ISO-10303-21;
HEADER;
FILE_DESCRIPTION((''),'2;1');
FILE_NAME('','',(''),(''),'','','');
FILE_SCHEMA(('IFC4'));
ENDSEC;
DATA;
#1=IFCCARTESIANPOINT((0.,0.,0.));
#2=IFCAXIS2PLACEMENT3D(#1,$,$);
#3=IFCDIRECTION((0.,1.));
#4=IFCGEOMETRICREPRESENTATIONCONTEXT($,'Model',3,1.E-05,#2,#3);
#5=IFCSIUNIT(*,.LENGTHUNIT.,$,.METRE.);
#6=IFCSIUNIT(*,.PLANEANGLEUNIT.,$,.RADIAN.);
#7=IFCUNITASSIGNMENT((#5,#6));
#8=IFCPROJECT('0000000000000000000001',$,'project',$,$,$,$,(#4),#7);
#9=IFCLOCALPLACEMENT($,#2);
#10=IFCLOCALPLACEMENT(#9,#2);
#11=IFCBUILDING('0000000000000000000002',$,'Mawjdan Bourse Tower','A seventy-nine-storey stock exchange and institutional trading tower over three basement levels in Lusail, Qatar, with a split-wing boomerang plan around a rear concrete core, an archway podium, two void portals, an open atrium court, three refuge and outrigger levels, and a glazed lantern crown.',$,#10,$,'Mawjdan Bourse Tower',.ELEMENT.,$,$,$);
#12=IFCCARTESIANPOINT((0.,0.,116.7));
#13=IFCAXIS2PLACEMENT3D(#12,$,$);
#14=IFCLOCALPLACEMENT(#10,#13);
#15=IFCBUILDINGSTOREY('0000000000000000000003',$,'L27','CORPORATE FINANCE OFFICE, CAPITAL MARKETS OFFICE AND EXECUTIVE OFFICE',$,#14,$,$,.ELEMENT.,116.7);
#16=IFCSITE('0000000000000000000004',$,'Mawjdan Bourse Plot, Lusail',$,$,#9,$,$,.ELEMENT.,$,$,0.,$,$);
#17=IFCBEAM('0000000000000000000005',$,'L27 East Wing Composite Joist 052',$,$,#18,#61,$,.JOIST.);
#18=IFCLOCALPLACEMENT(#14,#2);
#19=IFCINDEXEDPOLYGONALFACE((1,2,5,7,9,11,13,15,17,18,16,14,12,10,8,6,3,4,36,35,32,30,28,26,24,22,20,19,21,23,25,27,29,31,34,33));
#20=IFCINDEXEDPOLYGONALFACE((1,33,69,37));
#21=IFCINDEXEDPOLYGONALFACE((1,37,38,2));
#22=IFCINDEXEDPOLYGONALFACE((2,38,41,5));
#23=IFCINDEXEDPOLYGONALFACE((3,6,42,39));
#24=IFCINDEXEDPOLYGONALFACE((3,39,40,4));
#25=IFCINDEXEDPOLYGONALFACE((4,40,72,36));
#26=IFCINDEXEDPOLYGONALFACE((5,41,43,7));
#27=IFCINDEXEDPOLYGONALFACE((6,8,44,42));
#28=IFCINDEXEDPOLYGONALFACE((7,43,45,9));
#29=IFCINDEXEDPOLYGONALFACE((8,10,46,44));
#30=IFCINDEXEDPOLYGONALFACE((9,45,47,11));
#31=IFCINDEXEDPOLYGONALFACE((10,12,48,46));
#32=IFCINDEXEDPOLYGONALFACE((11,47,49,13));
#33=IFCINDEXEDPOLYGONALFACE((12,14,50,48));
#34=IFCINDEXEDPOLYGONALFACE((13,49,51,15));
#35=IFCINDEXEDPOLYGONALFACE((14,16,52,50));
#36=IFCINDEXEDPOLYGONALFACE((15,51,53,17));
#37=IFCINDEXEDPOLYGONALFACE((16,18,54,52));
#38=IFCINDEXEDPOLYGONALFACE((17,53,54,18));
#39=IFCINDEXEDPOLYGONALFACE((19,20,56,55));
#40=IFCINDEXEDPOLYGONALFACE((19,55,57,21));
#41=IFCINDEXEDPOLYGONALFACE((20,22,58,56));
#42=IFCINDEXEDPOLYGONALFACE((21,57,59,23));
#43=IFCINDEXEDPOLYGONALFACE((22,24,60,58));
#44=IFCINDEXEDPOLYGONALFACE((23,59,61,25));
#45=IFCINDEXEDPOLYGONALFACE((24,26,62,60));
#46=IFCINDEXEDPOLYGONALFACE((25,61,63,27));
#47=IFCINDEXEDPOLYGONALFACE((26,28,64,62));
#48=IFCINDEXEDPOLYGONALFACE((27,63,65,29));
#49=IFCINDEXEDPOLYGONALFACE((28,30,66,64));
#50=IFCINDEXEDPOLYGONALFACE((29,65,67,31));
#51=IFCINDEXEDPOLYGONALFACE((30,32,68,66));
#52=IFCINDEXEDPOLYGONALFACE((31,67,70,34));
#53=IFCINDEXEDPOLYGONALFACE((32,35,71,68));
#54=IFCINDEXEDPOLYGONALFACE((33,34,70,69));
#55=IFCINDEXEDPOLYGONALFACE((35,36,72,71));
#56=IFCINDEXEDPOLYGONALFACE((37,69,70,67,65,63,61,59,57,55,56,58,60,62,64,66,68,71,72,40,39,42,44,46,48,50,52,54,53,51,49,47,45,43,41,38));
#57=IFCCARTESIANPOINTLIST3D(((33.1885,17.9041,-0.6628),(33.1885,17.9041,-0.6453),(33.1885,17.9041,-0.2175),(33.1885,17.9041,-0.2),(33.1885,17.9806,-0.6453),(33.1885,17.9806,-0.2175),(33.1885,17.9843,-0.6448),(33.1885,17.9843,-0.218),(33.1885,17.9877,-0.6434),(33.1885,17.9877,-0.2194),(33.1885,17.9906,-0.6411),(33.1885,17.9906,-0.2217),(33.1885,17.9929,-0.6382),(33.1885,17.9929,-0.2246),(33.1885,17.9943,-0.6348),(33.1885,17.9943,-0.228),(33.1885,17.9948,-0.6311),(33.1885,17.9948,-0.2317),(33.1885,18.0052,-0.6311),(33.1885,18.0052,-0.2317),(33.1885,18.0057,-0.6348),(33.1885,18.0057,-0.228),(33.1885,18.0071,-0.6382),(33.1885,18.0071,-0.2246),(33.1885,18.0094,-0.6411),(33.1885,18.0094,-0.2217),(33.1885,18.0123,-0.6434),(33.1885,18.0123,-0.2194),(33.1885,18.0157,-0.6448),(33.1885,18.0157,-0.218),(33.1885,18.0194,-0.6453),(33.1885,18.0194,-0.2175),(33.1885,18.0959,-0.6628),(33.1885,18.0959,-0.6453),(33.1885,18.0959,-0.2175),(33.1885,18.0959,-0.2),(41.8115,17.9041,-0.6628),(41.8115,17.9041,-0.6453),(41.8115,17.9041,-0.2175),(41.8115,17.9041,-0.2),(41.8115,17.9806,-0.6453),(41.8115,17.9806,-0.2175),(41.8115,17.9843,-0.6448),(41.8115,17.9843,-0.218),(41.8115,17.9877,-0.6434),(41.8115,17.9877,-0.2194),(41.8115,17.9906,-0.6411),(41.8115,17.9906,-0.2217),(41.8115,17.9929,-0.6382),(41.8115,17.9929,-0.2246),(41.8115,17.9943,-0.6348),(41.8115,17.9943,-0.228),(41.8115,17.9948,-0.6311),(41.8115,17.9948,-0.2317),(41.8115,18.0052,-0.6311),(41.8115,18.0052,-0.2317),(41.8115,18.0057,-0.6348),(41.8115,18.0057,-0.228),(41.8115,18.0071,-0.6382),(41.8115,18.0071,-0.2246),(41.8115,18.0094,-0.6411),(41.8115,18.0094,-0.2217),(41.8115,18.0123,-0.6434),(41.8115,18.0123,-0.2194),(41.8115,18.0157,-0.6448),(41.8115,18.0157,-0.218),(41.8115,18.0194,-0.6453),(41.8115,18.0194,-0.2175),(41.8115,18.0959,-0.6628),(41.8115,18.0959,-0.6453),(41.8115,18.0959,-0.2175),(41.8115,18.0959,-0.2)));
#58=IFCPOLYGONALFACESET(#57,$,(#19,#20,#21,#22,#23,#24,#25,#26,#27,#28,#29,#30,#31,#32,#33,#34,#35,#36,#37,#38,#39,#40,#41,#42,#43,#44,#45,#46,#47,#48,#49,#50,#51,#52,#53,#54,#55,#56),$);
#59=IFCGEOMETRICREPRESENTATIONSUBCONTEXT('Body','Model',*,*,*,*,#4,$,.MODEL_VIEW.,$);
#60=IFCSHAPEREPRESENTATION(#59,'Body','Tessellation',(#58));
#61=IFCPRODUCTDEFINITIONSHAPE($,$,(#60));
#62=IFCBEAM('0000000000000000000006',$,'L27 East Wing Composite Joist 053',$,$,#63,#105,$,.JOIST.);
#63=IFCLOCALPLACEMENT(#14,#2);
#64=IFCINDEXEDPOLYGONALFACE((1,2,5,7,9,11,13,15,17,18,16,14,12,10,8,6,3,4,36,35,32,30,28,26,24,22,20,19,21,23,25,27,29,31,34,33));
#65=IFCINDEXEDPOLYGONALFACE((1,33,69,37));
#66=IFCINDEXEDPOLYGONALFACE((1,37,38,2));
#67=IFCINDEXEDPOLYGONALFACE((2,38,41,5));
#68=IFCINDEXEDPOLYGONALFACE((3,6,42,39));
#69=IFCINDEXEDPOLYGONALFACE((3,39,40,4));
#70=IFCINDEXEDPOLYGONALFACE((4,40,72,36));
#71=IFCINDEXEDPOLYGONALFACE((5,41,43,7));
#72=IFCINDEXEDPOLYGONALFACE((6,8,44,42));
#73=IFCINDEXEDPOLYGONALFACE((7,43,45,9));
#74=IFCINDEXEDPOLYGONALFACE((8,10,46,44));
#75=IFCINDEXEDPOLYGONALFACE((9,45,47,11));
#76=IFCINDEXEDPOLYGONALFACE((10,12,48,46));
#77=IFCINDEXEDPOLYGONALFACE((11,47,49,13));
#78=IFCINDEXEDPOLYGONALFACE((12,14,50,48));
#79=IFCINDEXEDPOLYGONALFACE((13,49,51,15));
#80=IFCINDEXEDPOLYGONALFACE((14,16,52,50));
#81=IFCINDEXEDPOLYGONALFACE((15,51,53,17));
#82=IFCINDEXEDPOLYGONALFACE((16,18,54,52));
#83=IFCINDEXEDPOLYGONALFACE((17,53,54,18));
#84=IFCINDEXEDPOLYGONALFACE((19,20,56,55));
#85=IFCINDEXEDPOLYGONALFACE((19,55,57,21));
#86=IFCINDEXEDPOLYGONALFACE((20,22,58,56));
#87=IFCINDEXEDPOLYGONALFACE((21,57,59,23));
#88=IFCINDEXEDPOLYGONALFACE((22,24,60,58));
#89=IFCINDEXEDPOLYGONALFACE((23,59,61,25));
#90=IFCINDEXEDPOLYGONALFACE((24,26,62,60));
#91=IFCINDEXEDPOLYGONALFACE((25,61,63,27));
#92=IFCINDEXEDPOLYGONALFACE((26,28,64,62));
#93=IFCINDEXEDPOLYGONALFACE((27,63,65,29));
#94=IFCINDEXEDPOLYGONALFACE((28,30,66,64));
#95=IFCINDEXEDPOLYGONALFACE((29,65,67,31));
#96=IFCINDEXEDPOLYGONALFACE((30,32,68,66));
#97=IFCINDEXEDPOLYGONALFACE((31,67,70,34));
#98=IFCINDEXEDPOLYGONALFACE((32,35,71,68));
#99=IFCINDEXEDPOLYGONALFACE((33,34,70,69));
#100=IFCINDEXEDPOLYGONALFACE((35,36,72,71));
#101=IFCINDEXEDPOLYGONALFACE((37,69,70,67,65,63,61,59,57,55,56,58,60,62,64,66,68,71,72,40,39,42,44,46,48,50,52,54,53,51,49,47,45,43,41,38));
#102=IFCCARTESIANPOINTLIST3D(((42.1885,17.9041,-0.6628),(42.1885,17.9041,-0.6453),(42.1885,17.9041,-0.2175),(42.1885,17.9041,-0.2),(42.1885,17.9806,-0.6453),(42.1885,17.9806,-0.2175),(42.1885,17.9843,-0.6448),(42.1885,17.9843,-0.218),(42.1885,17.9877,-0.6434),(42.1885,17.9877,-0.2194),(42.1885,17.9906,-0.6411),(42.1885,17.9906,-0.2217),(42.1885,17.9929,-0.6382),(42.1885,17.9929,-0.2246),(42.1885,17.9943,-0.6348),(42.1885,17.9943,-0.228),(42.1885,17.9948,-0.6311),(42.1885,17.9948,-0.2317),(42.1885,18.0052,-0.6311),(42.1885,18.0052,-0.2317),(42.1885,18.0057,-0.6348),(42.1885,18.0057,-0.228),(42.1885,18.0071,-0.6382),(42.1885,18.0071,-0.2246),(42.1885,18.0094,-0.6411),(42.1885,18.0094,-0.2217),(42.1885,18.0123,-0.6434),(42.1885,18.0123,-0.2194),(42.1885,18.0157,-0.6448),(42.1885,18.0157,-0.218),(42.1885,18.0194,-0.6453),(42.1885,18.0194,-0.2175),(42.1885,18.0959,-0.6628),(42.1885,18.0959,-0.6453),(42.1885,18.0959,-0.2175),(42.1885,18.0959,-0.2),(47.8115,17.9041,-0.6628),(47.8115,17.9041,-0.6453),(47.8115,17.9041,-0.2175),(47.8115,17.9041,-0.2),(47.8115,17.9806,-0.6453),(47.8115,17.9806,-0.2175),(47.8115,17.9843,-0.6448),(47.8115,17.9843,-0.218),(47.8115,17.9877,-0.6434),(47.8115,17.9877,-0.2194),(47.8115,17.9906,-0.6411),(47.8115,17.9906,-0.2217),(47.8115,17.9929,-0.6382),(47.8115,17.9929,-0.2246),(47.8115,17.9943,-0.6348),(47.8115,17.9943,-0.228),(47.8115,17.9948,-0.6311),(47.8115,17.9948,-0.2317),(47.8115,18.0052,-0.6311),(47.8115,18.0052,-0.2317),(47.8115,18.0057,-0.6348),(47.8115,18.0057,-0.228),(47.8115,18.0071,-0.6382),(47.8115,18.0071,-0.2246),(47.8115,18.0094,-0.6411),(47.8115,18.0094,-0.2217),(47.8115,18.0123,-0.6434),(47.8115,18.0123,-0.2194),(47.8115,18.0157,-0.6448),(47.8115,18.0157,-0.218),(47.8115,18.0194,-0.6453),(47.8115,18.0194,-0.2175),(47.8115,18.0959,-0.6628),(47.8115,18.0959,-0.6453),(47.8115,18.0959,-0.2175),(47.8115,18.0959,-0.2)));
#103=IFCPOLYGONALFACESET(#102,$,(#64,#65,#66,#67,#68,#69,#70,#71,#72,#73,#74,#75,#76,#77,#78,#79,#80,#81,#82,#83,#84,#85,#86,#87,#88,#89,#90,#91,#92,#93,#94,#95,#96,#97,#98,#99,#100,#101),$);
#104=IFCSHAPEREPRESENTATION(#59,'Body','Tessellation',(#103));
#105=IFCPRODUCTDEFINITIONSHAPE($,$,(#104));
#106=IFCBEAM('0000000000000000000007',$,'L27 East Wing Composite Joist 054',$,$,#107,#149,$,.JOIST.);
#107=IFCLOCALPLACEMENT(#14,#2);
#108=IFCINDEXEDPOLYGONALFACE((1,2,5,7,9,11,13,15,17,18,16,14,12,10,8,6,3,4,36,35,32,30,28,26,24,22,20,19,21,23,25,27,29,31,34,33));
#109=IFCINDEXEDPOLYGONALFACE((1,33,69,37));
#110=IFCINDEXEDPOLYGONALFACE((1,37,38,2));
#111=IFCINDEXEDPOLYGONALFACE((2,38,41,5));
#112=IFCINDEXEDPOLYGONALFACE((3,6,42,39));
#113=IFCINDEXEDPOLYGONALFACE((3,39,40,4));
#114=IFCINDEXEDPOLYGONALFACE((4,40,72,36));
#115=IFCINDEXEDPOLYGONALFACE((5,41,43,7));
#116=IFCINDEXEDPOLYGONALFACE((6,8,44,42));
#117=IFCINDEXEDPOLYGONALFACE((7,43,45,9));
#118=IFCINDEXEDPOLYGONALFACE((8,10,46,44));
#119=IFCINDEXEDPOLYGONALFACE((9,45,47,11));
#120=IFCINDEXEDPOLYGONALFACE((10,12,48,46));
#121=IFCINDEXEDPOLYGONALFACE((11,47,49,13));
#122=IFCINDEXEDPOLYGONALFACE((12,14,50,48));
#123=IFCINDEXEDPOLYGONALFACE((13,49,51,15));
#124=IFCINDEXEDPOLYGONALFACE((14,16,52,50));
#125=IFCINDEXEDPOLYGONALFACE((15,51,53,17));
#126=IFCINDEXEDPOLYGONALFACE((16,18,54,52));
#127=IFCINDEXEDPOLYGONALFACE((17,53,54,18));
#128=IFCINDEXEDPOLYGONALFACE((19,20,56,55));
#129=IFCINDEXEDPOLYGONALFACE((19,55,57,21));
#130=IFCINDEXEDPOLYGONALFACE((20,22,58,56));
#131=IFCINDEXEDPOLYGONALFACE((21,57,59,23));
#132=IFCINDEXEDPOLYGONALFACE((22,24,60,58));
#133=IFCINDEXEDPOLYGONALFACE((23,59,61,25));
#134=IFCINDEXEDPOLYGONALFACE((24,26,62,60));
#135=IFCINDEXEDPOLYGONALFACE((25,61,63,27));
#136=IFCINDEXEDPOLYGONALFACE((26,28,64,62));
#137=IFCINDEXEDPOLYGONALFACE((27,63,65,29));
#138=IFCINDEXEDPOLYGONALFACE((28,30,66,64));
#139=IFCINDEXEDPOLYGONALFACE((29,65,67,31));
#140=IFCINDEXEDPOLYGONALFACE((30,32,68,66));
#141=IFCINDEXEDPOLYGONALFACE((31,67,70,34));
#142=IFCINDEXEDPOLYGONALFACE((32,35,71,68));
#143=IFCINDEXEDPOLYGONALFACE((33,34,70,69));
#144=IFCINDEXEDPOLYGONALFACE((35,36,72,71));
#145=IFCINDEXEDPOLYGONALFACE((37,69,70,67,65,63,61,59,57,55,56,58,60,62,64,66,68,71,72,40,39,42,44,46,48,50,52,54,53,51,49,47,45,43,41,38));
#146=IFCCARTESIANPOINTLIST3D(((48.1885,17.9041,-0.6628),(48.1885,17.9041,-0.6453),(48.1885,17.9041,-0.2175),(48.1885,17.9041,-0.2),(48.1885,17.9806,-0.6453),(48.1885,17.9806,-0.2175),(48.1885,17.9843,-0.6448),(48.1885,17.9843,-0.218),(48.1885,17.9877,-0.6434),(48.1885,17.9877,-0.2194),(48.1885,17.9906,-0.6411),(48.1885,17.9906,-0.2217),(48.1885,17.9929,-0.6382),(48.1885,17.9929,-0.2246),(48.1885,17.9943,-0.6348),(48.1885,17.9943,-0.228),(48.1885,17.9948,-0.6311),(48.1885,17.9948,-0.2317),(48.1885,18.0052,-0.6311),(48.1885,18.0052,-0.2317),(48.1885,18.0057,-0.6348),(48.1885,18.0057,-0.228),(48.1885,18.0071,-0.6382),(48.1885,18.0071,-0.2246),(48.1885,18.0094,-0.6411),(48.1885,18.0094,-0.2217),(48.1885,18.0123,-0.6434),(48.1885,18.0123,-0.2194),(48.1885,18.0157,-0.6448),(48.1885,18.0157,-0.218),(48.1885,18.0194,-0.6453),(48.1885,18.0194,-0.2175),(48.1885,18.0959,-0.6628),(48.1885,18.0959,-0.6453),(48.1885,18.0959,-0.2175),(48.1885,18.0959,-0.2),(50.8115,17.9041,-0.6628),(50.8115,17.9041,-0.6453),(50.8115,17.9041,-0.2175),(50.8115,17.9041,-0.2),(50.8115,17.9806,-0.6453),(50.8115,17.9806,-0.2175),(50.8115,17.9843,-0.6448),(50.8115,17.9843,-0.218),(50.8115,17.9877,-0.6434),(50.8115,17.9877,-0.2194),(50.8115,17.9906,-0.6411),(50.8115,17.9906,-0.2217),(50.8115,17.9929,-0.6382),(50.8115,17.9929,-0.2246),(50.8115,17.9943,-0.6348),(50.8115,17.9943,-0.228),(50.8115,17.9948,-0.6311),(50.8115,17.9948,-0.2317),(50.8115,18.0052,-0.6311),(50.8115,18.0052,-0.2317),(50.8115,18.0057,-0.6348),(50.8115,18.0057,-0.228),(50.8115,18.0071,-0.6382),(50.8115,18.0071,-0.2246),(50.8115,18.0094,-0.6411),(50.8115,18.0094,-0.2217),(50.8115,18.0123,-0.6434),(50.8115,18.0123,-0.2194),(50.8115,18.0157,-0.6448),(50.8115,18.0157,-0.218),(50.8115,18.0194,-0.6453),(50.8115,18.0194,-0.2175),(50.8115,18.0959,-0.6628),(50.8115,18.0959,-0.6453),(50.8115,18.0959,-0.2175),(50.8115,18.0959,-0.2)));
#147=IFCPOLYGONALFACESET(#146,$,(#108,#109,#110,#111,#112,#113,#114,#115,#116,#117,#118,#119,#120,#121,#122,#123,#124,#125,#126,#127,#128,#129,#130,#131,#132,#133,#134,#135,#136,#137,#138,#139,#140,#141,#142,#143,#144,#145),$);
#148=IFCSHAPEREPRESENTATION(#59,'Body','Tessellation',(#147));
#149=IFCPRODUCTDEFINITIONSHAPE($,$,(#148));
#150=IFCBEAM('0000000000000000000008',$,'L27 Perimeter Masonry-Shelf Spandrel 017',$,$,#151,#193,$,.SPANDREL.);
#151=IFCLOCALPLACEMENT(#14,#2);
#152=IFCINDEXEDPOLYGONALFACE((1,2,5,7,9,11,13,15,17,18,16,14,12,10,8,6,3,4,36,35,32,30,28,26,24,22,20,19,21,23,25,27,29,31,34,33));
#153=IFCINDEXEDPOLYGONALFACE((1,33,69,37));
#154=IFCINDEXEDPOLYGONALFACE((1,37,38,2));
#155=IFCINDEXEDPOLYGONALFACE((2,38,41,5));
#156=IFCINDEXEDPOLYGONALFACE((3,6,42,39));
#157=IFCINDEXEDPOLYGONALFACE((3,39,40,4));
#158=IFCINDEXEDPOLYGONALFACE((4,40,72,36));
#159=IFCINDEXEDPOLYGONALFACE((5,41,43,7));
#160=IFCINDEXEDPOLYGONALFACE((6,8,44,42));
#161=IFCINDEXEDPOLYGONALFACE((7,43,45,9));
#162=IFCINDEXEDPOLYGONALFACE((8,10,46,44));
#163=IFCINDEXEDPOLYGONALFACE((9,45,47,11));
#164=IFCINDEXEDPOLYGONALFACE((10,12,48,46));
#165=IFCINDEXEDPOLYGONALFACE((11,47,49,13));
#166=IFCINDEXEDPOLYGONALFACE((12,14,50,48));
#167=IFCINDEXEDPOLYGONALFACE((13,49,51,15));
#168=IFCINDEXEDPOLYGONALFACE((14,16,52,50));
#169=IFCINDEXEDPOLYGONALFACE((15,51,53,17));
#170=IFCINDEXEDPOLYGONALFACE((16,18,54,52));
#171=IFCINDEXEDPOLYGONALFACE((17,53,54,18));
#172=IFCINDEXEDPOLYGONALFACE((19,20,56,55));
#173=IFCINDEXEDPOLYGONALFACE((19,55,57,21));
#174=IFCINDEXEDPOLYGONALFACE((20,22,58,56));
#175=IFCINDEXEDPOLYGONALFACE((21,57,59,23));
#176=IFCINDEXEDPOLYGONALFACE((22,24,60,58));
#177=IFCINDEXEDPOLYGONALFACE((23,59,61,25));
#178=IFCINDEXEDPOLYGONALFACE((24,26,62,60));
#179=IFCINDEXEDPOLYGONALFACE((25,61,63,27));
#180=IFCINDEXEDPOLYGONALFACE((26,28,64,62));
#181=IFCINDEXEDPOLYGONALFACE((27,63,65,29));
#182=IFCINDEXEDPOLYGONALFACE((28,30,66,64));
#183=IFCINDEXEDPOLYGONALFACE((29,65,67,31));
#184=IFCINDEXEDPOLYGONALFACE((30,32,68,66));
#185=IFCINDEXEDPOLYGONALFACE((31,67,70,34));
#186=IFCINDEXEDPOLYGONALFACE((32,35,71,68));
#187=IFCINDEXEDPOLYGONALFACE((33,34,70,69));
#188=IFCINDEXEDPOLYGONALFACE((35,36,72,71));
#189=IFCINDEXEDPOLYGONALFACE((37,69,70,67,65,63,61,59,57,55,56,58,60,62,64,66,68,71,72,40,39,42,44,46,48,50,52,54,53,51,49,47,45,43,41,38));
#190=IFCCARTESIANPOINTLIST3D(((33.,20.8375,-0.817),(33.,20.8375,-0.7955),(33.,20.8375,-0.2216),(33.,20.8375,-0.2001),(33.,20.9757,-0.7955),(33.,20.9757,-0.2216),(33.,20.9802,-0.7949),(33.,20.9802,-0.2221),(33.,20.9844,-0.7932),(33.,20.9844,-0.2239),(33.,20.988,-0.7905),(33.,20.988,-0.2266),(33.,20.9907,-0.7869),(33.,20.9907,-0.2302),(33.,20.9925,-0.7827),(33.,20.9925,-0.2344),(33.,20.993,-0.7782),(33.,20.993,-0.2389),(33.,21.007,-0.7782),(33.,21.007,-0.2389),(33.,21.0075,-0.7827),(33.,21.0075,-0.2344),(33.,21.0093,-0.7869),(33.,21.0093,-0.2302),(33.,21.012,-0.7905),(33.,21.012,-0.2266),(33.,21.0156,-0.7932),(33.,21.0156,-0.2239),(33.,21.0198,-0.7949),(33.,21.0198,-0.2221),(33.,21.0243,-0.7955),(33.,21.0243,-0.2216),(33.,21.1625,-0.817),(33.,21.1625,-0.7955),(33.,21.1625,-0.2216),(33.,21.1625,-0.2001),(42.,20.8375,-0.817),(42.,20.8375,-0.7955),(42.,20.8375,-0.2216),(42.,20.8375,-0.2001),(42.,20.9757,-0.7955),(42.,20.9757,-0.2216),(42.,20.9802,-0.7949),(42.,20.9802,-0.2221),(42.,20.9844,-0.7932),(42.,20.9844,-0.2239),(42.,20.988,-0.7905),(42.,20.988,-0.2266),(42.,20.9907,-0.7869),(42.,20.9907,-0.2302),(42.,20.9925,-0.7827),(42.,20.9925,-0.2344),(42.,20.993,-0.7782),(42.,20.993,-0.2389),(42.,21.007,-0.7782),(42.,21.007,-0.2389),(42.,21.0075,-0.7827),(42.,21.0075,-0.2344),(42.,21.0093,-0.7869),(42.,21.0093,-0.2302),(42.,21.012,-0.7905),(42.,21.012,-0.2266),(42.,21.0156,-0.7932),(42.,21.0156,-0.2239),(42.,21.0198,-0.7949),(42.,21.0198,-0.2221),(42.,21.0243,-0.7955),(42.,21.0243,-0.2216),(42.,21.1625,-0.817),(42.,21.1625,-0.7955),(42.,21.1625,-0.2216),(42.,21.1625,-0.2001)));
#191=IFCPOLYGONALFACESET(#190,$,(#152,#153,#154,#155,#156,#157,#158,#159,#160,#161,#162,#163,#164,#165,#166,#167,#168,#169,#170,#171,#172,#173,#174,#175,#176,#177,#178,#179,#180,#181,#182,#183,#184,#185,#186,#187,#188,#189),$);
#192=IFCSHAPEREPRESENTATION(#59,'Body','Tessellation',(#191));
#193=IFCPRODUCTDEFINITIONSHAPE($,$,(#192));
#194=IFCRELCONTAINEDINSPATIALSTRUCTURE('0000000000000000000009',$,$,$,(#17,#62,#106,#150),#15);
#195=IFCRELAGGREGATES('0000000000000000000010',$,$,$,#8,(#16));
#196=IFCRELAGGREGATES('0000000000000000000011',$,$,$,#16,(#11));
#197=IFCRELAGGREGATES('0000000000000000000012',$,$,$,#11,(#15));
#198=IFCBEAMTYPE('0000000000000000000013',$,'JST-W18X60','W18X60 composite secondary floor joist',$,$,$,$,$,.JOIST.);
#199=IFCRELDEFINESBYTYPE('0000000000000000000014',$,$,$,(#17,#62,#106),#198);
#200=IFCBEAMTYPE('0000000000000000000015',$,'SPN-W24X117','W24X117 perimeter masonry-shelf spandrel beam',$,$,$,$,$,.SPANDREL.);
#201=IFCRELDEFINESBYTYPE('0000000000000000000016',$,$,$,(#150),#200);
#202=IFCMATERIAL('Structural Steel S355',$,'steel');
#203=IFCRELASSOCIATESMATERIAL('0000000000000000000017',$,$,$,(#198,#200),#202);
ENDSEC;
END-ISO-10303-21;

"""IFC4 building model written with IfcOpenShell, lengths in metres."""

from ifc_helpers import new_model, si_unit, direction, frame, origin, origin_2d, place, context, subcontext, project, spatial, i_section, extrude, material, material_profile, profile_set, type_object, element, save


model = new_model("IFC4")

# Units and contexts
model_context = context("Model", 3, precision=1e-05, world=origin(), true_north=direction((0.0, 1.0)))
body_context = subcontext(model_context, "Body", "Model", "MODEL_VIEW")
ifc_project = project(units=[si_unit("LENGTHUNIT", "METRE"), si_unit("PLANEANGLEUNIT", "RADIAN")], contexts=[model_context])

# Site, building, storey
site_placement = place(None, origin())
site = spatial("IfcSite", under=ifc_project, at=site_placement, Name="Mawjdan Bourse Plot, Lusail", CompositionType="ELEMENT", RefElevation=0.0)
building_placement = place(site_placement, origin())
building = spatial("IfcBuilding", under=site, at=building_placement, Name="Mawjdan Bourse Tower", Description="A seventy-nine-storey stock exchange and institutional trading tower over three basement levels in Lusail, Qatar, with a split-wing boomerang plan around a rear concrete core, an archway podium, two void portals, an open atrium court, three refuge and outrigger levels, and a glazed lantern crown.", LongName="Mawjdan Bourse Tower", CompositionType="ELEMENT")
storey_placement = place(building_placement, frame((0.0, 0.0, 116.7)))
storey = spatial("IfcBuildingStorey", under=building, at=storey_placement, Name="L27", Description="CORPORATE FINANCE OFFICE, CAPITAL MARKETS OFFICE AND EXECUTIVE OFFICE", CompositionType="ELEMENT", Elevation=116.7)

# Beams
ifc_material_1 = material(Name="Structural Steel S355", Category="steel")
ifc_material_profile_1 = material_profile(ifc_material_1, i_section(OverallWidth=0.1919, OverallDepth=0.4629, WebThickness=0.0105, FlangeThickness=0.0176, FilletRadius=0.0142, at=origin_2d()), Name="W18X60")
ifc_profile_set_1 = profile_set([ifc_material_profile_1], Name="Structural Steel S355")
beam_type_1 = type_object("IfcBeamType", Name="JST-W18X60", Description="W18X60 composite secondary floor joist", PredefinedType="JOIST", material=ifc_profile_set_1)
beam_1_placement = place(storey_placement, frame((33.1885, 18.0, -0.4314), z_axis=(1.0, 0.0, 0.0), x_axis=(0.0, 1.0, 0.0)))
element("IfcBeam", 1, at=beam_1_placement, inside=storey, type_object=beam_type_1, Name="L27 East Wing Composite Joist 052", PredefinedType="JOIST", context=body_context, shape_type="SweptSolid", body=[
    extrude(i_section(OverallWidth=0.1919, OverallDepth=0.4629, WebThickness=0.0105, FlangeThickness=0.0176, FilletRadius=0.0142, at=origin_2d()), origin(), (0.0, 0.0, 1.0), 8.623),
])
beam_2_placement = place(storey_placement, frame((42.1885, 18.0, -0.4314), z_axis=(1.0, 0.0, 0.0), x_axis=(0.0, 1.0, 0.0)))
element("IfcBeam", 2, at=beam_2_placement, inside=storey, type_object=beam_type_1, Name="L27 East Wing Composite Joist 053", PredefinedType="JOIST", context=body_context, shape_type="SweptSolid", body=[
    extrude(i_section(OverallWidth=0.1919, OverallDepth=0.4629, WebThickness=0.0105, FlangeThickness=0.0176, FilletRadius=0.0142, at=origin_2d()), origin(), (0.0, 0.0, 1.0), 5.623),
])
beam_3_placement = place(storey_placement, frame((48.1885, 18.0, -0.4314), z_axis=(1.0, 0.0, 0.0), x_axis=(0.0, 1.0, 0.0)))
element("IfcBeam", 3, at=beam_3_placement, inside=storey, type_object=beam_type_1, Name="L27 East Wing Composite Joist 054", PredefinedType="JOIST", context=body_context, shape_type="SweptSolid", body=[
    extrude(i_section(OverallWidth=0.1919, OverallDepth=0.4629, WebThickness=0.0105, FlangeThickness=0.0176, FilletRadius=0.0142, at=origin_2d()), origin(), (0.0, 0.0, 1.0), 2.623),
])
ifc_material_profile_2 = material_profile(ifc_material_1, i_section(OverallWidth=0.325, OverallDepth=0.6169, WebThickness=0.0139, FlangeThickness=0.0215, FilletRadius=0.0173, at=origin_2d()), Name="W24X117")
ifc_profile_set_2 = profile_set([ifc_material_profile_2], Name="Structural Steel S355")
beam_type_2 = type_object("IfcBeamType", Name="SPN-W24X117", Description="W24X117 perimeter masonry-shelf spandrel beam", PredefinedType="SPANDREL", material=ifc_profile_set_2)
beam_4_placement = place(storey_placement, frame((33.0, 21.0, -0.5085), z_axis=(1.0, 0.0, 0.0), x_axis=(0.0, 1.0, 0.0)))
element("IfcBeam", 4, at=beam_4_placement, inside=storey, type_object=beam_type_2, Name="L27 Perimeter Masonry-Shelf Spandrel 017", PredefinedType="SPANDREL", context=body_context, shape_type="SweptSolid", body=[
    extrude(i_section(OverallWidth=0.325, OverallDepth=0.6169, WebThickness=0.0139, FlangeThickness=0.0215, FilletRadius=0.0173, at=origin_2d()), origin(), (0.0, 0.0, 1.0), 9.0),
])

save(model, "model.ifc")
